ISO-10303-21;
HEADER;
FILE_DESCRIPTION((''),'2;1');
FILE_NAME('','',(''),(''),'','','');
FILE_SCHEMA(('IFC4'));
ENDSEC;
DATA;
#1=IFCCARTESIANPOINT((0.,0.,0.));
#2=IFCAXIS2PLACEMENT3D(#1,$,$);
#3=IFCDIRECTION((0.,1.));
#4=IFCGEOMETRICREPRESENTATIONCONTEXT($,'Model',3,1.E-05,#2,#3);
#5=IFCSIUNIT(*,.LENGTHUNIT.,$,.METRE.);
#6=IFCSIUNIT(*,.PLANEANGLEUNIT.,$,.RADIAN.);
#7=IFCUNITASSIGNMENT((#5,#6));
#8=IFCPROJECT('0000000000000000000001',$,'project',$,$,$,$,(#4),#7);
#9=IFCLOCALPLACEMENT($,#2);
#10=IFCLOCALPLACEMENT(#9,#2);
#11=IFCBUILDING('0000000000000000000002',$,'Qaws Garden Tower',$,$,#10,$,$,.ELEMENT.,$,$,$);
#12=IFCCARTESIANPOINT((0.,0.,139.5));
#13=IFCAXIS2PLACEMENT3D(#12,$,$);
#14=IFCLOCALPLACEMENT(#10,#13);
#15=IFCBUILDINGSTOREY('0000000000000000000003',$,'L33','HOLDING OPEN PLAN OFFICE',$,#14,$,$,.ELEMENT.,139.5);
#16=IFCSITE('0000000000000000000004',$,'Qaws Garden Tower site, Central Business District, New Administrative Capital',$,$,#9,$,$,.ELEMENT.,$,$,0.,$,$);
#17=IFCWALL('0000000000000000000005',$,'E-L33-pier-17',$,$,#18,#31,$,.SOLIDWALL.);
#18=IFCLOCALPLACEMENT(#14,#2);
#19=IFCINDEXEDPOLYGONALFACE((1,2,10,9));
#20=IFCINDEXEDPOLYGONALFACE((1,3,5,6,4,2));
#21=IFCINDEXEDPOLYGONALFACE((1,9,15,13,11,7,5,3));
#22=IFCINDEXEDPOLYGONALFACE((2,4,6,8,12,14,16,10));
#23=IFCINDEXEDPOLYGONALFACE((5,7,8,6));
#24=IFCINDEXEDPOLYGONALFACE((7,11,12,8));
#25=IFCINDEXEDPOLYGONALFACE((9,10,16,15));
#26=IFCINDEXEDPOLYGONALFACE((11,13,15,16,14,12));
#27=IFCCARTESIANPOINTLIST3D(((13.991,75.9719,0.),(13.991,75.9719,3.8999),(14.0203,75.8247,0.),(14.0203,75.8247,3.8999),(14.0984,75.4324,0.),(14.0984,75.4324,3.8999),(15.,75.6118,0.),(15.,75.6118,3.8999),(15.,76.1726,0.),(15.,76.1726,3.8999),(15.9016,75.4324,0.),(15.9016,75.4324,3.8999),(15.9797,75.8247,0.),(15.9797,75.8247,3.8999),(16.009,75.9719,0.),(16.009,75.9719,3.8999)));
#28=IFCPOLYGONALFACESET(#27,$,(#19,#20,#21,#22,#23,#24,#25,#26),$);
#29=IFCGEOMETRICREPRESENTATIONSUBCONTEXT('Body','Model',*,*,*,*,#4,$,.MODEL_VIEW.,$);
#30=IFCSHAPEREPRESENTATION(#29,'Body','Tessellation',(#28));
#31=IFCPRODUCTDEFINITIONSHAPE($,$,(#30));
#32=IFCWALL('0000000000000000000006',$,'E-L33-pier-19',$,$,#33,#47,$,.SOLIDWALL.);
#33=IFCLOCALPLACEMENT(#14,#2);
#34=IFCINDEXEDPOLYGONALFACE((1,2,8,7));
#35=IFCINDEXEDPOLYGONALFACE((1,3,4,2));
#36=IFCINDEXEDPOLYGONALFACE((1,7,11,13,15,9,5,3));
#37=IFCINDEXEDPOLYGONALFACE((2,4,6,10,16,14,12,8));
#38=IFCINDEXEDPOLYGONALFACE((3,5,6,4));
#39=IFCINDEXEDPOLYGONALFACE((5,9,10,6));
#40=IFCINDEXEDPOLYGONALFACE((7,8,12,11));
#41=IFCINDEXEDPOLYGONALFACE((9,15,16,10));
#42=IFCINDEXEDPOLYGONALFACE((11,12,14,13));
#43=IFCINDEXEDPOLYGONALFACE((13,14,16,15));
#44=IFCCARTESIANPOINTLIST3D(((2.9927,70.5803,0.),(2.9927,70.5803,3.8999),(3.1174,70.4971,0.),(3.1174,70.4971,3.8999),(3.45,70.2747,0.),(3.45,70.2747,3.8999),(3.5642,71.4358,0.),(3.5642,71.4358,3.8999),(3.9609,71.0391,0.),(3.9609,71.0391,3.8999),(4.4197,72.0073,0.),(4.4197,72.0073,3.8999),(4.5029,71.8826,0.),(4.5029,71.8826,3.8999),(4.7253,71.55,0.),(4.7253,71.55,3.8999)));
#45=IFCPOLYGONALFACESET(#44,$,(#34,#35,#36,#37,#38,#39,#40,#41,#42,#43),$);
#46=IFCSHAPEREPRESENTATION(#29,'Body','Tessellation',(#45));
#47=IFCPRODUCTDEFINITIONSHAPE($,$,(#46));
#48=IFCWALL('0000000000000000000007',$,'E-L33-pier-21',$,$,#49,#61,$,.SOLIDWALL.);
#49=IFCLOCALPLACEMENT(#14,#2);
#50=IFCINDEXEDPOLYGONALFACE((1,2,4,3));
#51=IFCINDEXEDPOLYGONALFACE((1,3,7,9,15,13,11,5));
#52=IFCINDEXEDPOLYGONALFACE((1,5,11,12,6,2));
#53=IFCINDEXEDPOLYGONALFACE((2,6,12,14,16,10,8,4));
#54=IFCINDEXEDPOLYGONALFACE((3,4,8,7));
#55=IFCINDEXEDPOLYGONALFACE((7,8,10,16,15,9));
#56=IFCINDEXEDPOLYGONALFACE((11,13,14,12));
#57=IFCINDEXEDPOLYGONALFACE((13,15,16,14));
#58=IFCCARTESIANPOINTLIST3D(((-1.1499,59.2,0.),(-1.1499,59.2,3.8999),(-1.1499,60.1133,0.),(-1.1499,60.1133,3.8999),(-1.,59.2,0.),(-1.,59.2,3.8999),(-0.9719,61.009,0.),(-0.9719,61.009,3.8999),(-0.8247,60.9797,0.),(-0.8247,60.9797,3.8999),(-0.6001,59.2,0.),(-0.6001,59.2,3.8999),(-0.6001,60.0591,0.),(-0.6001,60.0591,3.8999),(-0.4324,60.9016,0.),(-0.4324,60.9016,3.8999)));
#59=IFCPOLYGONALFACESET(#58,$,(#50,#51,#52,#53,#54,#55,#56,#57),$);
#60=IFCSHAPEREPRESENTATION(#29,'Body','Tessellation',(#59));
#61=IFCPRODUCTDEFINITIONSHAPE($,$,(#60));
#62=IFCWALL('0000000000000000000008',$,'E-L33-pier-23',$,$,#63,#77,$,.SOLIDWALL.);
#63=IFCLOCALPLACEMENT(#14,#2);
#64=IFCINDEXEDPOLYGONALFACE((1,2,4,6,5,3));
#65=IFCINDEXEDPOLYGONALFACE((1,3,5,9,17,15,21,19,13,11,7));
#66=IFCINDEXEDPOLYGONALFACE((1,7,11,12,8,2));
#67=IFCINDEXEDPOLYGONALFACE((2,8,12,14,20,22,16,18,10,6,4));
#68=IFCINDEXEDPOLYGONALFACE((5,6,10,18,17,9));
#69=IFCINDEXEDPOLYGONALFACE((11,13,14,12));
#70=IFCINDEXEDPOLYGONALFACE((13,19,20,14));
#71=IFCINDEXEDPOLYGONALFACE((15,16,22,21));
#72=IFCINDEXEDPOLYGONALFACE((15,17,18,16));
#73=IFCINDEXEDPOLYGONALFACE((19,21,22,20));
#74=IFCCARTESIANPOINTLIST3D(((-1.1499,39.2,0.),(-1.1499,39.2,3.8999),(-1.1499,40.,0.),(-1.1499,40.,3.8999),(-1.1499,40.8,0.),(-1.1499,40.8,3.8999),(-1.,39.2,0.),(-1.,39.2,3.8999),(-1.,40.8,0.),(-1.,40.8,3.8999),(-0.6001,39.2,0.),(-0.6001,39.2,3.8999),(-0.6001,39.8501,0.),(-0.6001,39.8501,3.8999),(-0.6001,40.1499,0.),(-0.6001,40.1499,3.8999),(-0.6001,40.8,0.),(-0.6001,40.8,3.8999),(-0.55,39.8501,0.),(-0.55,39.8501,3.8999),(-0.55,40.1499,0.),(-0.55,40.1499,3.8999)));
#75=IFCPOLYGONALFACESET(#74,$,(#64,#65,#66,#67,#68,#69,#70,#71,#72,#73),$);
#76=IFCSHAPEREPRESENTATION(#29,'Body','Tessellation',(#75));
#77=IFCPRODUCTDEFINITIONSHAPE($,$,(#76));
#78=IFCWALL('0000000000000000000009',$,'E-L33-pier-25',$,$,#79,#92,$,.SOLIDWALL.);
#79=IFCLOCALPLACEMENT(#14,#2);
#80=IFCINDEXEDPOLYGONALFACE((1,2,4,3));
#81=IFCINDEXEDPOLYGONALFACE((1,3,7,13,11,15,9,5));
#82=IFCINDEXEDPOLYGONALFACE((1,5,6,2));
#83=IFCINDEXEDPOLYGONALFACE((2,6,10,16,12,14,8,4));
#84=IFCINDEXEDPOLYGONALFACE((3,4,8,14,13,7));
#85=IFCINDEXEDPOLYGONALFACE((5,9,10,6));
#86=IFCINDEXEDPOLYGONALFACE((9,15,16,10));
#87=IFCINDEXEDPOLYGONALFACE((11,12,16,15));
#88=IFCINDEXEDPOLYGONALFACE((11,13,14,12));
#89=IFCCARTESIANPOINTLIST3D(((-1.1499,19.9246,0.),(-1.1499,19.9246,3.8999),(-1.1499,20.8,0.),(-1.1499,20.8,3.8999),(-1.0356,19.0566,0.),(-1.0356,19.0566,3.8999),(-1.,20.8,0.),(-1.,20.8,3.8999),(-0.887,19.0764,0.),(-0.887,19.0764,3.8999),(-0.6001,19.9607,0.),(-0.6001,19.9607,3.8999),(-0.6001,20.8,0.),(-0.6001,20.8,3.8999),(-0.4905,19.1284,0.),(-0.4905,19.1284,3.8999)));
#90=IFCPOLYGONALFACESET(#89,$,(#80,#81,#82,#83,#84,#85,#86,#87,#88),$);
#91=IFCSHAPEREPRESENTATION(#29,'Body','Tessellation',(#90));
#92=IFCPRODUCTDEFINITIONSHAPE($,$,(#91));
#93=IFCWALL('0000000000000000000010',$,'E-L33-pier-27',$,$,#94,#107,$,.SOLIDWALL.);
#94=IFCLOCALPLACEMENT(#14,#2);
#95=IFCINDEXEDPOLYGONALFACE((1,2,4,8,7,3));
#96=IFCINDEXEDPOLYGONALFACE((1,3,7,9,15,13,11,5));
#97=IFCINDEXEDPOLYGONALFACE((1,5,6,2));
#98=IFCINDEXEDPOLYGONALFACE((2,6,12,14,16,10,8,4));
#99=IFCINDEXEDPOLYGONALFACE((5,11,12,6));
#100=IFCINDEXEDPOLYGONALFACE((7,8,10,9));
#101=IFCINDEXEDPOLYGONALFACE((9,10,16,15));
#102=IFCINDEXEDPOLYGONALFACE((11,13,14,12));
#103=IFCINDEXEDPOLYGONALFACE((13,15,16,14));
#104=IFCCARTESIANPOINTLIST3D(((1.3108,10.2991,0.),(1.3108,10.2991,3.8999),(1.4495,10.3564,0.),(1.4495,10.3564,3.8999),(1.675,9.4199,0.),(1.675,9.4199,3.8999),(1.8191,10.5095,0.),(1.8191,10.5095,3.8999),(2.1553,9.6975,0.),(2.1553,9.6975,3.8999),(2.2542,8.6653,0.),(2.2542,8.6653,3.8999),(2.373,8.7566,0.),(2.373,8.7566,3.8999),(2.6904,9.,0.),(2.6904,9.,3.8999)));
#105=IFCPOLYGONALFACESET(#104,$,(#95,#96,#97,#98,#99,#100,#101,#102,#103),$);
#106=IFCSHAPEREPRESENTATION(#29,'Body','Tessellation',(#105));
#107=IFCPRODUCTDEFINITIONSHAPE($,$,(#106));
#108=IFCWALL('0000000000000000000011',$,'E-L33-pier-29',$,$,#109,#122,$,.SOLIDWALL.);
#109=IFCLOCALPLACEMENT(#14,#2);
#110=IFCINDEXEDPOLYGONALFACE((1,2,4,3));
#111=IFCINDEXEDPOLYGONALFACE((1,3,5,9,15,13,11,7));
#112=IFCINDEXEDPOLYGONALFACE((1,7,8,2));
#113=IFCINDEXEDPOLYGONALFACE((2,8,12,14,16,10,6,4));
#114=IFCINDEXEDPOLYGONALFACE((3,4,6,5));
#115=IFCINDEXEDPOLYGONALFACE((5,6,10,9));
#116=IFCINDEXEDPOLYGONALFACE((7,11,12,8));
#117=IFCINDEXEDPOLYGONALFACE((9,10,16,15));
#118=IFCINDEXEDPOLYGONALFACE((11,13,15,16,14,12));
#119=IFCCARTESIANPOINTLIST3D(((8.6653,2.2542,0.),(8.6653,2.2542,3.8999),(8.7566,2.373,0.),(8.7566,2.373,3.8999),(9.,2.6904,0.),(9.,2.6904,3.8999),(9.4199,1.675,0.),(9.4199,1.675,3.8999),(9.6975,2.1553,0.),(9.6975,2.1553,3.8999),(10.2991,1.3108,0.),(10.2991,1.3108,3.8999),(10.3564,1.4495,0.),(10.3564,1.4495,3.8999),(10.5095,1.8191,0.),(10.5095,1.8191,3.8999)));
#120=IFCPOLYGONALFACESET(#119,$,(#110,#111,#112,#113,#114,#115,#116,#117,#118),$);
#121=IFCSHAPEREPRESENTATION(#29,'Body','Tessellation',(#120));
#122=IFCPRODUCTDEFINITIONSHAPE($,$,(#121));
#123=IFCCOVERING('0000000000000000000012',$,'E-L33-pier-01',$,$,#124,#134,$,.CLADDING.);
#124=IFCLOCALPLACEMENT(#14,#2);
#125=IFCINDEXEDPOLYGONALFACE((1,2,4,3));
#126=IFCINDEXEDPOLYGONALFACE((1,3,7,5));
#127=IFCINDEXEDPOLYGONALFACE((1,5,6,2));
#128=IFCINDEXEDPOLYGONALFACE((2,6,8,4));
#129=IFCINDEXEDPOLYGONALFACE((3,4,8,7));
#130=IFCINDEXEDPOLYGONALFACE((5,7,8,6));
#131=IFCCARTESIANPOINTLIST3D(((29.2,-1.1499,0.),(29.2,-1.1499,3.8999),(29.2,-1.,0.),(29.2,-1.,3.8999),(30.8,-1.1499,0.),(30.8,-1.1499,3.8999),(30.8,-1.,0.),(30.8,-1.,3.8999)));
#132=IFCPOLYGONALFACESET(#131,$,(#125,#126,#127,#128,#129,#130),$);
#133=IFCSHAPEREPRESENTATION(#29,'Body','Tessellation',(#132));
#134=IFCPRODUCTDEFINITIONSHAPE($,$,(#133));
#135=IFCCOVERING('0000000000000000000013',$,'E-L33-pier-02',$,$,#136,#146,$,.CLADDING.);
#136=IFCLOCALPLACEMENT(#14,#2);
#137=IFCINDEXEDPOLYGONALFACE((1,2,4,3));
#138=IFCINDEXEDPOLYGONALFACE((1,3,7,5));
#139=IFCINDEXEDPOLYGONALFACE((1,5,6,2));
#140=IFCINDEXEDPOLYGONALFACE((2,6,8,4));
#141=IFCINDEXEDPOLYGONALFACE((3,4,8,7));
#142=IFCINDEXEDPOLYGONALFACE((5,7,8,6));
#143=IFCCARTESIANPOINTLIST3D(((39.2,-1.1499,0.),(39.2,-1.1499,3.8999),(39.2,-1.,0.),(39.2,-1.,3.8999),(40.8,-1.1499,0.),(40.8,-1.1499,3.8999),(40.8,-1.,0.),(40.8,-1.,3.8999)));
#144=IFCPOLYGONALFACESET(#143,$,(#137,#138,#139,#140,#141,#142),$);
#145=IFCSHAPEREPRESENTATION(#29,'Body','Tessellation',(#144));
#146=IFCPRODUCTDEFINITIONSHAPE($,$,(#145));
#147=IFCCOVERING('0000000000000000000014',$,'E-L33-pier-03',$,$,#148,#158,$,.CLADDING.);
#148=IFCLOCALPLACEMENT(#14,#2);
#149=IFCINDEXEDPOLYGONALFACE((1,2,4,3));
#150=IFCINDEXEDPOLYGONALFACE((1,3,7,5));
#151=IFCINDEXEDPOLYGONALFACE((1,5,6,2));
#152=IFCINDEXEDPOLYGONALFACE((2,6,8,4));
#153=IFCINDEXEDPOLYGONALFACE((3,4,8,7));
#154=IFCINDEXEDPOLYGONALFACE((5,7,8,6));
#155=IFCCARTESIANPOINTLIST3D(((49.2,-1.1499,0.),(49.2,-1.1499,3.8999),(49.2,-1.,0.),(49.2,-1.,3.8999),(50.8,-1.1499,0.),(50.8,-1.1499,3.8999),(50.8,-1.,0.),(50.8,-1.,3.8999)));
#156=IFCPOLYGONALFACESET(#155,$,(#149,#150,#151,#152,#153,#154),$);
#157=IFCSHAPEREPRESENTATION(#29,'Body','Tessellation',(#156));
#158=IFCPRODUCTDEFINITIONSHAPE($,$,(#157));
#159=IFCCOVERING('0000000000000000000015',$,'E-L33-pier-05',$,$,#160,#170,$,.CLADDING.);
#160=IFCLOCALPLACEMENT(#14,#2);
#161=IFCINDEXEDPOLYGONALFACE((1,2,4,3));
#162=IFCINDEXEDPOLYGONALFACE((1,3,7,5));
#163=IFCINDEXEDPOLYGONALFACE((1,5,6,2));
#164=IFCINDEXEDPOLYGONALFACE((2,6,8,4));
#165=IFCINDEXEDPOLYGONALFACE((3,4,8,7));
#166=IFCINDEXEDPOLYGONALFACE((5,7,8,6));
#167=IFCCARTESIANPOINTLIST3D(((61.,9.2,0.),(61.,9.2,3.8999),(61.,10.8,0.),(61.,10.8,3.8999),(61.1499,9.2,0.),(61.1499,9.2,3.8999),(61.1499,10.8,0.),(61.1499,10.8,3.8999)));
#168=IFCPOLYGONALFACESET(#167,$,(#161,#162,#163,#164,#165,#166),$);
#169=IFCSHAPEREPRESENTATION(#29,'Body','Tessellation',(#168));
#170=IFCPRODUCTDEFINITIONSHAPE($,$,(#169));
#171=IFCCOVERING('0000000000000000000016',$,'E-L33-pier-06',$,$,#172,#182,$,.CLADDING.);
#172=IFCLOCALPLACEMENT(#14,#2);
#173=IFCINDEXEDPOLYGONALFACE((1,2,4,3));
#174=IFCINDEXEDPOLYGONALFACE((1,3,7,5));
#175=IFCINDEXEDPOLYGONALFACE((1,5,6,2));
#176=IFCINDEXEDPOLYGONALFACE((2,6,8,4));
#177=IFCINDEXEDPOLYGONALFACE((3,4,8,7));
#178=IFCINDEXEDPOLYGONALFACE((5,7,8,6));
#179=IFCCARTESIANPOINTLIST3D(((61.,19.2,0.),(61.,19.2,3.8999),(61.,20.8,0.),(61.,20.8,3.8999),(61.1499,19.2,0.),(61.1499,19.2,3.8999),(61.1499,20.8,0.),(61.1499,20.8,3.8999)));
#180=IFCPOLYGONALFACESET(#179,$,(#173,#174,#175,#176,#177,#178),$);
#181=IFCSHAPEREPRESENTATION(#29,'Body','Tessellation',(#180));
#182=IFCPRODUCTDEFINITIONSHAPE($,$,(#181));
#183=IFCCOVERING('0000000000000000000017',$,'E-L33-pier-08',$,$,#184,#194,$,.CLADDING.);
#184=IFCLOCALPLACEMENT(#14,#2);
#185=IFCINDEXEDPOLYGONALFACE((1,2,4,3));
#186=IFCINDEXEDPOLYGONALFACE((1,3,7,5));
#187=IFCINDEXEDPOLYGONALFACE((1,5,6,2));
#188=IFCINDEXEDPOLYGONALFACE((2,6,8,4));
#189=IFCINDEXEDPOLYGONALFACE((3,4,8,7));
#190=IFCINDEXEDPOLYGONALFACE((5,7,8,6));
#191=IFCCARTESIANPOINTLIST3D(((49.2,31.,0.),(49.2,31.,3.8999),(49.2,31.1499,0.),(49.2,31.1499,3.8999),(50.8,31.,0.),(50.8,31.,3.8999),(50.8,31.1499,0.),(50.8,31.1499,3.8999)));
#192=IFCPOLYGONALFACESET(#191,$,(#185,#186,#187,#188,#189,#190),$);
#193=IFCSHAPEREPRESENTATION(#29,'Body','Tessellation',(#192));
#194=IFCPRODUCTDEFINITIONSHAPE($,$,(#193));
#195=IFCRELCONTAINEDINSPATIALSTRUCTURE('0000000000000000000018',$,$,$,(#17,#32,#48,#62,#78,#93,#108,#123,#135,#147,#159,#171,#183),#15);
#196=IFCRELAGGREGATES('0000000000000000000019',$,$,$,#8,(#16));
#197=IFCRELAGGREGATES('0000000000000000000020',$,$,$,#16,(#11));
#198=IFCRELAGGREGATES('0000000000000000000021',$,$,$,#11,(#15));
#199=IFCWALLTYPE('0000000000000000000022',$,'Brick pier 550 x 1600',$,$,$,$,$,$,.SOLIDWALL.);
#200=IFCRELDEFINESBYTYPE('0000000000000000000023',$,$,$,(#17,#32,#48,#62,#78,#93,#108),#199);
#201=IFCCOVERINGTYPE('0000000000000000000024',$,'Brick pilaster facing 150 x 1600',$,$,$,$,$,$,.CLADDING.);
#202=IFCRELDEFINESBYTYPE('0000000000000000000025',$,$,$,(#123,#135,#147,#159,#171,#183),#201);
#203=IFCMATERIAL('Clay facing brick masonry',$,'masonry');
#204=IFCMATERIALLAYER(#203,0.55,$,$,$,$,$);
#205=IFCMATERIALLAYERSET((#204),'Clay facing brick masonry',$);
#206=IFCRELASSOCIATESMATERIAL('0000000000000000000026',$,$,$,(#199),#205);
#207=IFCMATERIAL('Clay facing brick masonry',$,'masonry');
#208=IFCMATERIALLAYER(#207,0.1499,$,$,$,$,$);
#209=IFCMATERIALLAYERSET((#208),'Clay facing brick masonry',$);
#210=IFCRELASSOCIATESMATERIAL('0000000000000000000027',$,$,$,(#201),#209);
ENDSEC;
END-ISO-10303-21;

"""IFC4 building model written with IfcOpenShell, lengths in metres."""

from ifc_helpers import new_model, si_unit, direction, frame, origin, place, context, subcontext, project, spatial, polyline, outline, extrude, material, layer, layer_set, type_object, element, save


model = new_model("IFC4")

# Units and contexts
model_context = context("Model", 3, precision=1e-05, world=origin(), true_north=direction((0.0, 1.0)))
body_context = subcontext(model_context, "Body", "Model", "MODEL_VIEW")
ifc_project = project(units=[si_unit("LENGTHUNIT", "METRE"), si_unit("PLANEANGLEUNIT", "RADIAN")], contexts=[model_context])

# Site, building, storey
site_placement = place(None, origin())
site = spatial("IfcSite", under=ifc_project, at=site_placement, Name="Qaws Garden Tower site, Central Business District, New Administrative Capital", CompositionType="ELEMENT", RefElevation=0.0)
building_placement = place(site_placement, origin())
building = spatial("IfcBuilding", under=site, at=building_placement, Name="Qaws Garden Tower", CompositionType="ELEMENT")
storey_placement = place(building_placement, frame((0.0, 0.0, 139.5)))
storey = spatial("IfcBuildingStorey", under=building, at=storey_placement, Name="L33", Description="HOLDING OPEN PLAN OFFICE", CompositionType="ELEMENT", Elevation=139.5)

# Walls
placement = place(storey_placement, origin())
ifc_material_1 = material(Name="Clay facing brick masonry", Category="masonry")
ifc_layer_1 = layer(ifc_material_1, 0.55)
ifc_layer_set_1 = layer_set([ifc_layer_1], Name="Clay facing brick masonry")
wall_type_1 = type_object("IfcWallType", Name="Brick pier 550 x 1600", PredefinedType="SOLIDWALL", material=ifc_layer_set_1)
element("IfcWall", 1, at=placement, inside=storey, type_object=wall_type_1, Name="E-L33-pier-17", PredefinedType="SOLIDWALL", context=body_context, shape_type="SweptSolid", body=[
    extrude(outline(polyline([(15.9797, 75.8247), (16.009, 75.9719), (15.0, 76.1726), (13.991, 75.9719), (14.0203, 75.8247), (14.0984, 75.4324), (15.0, 75.6118), (15.9016, 75.4324), (15.9797, 75.8247)])), origin(), (0.0, 0.0, 1.0), 3.8999),
])
element("IfcWall", 2, at=placement, inside=storey, type_object=wall_type_1, Name="E-L33-pier-19", PredefinedType="SOLIDWALL", context=body_context, shape_type="SweptSolid", body=[
    extrude(outline(polyline([(4.5029, 71.8826), (4.4197, 72.0073), (3.5642, 71.4358), (2.9927, 70.5803), (3.1174, 70.4971), (3.45, 70.2747), (3.9609, 71.0391), (4.7253, 71.55), (4.5029, 71.8826)])), origin(), (0.0, 0.0, 1.0), 3.8999),
])
element("IfcWall", 3, at=placement, inside=storey, type_object=wall_type_1, Name="E-L33-pier-21", PredefinedType="SOLIDWALL", context=body_context, shape_type="SweptSolid", body=[
    extrude(outline(polyline([(-0.8247, 60.9797), (-0.9719, 61.009), (-1.1499, 60.1133), (-1.1499, 59.2), (-1.0, 59.2), (-0.6001, 59.2), (-0.6001, 60.0591), (-0.4324, 60.9016), (-0.8247, 60.9797)])), origin(), (0.0, 0.0, 1.0), 3.8999),
])
element("IfcWall", 4, at=placement, inside=storey, type_object=wall_type_1, Name="E-L33-pier-23", PredefinedType="SOLIDWALL", context=body_context, shape_type="SweptSolid", body=[
    extrude(outline(polyline([(-0.6001, 39.2), (-0.6001, 39.8501), (-0.55, 39.8501), (-0.55, 40.1499), (-0.6001, 40.1499), (-0.6001, 40.8), (-1.0, 40.8), (-1.1499, 40.8), (-1.1499, 40.0), (-1.1499, 39.2), (-1.0, 39.2), (-0.6001, 39.2)])), origin(), (0.0, 0.0, 1.0), 3.8999),
])
element("IfcWall", 5, at=placement, inside=storey, type_object=wall_type_1, Name="E-L33-pier-25", PredefinedType="SOLIDWALL", context=body_context, shape_type="SweptSolid", body=[
    extrude(outline(polyline([(-1.0, 20.8), (-1.1499, 20.8), (-1.1499, 19.9246), (-1.0356, 19.0566), (-0.887, 19.0764), (-0.4905, 19.1284), (-0.6001, 19.9607), (-0.6001, 20.8), (-1.0, 20.8)])), origin(), (0.0, 0.0, 1.0), 3.8999),
])
element("IfcWall", 6, at=placement, inside=storey, type_object=wall_type_1, Name="E-L33-pier-27", PredefinedType="SOLIDWALL", context=body_context, shape_type="SweptSolid", body=[
    extrude(outline(polyline([(1.4495, 10.3564), (1.3108, 10.2991), (1.675, 9.4199), (2.2542, 8.6653), (2.373, 8.7566), (2.6904, 9.0), (2.1553, 9.6975), (1.8191, 10.5095), (1.4495, 10.3564)])), origin(), (0.0, 0.0, 1.0), 3.8999),
])
element("IfcWall", 7, at=placement, inside=storey, type_object=wall_type_1, Name="E-L33-pier-29", PredefinedType="SOLIDWALL", context=body_context, shape_type="SweptSolid", body=[
    extrude(outline(polyline([(8.7566, 2.373), (8.6653, 2.2542), (9.4199, 1.675), (10.2991, 1.3108), (10.3564, 1.4495), (10.5095, 1.8191), (9.6975, 2.1553), (9.0, 2.6904), (8.7566, 2.373)])), origin(), (0.0, 0.0, 1.0), 3.8999),
])

# Coverings
ifc_material_2 = material(Name="Clay facing brick masonry", Category="masonry")
ifc_layer_2 = layer(ifc_material_2, 0.1499)
ifc_layer_set_2 = layer_set([ifc_layer_2], Name="Clay facing brick masonry")
covering_type = type_object("IfcCoveringType", Name="Brick pilaster facing 150 x 1600", PredefinedType="CLADDING", material=ifc_layer_set_2)
element("IfcCovering", 8, at=placement, inside=storey, type_object=covering_type, Name="E-L33-pier-01", PredefinedType="CLADDING", context=body_context, shape_type="SweptSolid", body=[
    extrude(outline(polyline([(29.2, -1.0), (30.8, -1.0), (30.8, -1.1499), (29.2, -1.1499), (29.2, -1.0)])), origin(), (0.0, 0.0, 1.0), 3.8999),
])
element("IfcCovering", 9, at=placement, inside=storey, type_object=covering_type, Name="E-L33-pier-02", PredefinedType="CLADDING", context=body_context, shape_type="SweptSolid", body=[
    extrude(outline(polyline([(39.2, -1.0), (40.8, -1.0), (40.8, -1.1499), (39.2, -1.1499), (39.2, -1.0)])), origin(), (0.0, 0.0, 1.0), 3.8999),
])
element("IfcCovering", 10, at=placement, inside=storey, type_object=covering_type, Name="E-L33-pier-03", PredefinedType="CLADDING", context=body_context, shape_type="SweptSolid", body=[
    extrude(outline(polyline([(49.2, -1.0), (50.8, -1.0), (50.8, -1.1499), (49.2, -1.1499), (49.2, -1.0)])), origin(), (0.0, 0.0, 1.0), 3.8999),
])
element("IfcCovering", 11, at=placement, inside=storey, type_object=covering_type, Name="E-L33-pier-05", PredefinedType="CLADDING", context=body_context, shape_type="SweptSolid", body=[
    extrude(outline(polyline([(61.0, 9.2), (61.0, 10.8), (61.1499, 10.8), (61.1499, 9.2), (61.0, 9.2)])), origin(), (0.0, 0.0, 1.0), 3.8999),
])
element("IfcCovering", 12, at=placement, inside=storey, type_object=covering_type, Name="E-L33-pier-06", PredefinedType="CLADDING", context=body_context, shape_type="SweptSolid", body=[
    extrude(outline(polyline([(61.0, 19.2), (61.0, 20.8), (61.1499, 20.8), (61.1499, 19.2), (61.0, 19.2)])), origin(), (0.0, 0.0, 1.0), 3.8999),
])
element("IfcCovering", 13, at=placement, inside=storey, type_object=covering_type, Name="E-L33-pier-08", PredefinedType="CLADDING", context=body_context, shape_type="SweptSolid", body=[
    extrude(outline(polyline([(50.8, 31.0), (49.2, 31.0), (49.2, 31.1499), (50.8, 31.1499), (50.8, 31.0)])), origin(), (0.0, 0.0, 1.0), 3.8999),
])

save(model, "model.ifc")
